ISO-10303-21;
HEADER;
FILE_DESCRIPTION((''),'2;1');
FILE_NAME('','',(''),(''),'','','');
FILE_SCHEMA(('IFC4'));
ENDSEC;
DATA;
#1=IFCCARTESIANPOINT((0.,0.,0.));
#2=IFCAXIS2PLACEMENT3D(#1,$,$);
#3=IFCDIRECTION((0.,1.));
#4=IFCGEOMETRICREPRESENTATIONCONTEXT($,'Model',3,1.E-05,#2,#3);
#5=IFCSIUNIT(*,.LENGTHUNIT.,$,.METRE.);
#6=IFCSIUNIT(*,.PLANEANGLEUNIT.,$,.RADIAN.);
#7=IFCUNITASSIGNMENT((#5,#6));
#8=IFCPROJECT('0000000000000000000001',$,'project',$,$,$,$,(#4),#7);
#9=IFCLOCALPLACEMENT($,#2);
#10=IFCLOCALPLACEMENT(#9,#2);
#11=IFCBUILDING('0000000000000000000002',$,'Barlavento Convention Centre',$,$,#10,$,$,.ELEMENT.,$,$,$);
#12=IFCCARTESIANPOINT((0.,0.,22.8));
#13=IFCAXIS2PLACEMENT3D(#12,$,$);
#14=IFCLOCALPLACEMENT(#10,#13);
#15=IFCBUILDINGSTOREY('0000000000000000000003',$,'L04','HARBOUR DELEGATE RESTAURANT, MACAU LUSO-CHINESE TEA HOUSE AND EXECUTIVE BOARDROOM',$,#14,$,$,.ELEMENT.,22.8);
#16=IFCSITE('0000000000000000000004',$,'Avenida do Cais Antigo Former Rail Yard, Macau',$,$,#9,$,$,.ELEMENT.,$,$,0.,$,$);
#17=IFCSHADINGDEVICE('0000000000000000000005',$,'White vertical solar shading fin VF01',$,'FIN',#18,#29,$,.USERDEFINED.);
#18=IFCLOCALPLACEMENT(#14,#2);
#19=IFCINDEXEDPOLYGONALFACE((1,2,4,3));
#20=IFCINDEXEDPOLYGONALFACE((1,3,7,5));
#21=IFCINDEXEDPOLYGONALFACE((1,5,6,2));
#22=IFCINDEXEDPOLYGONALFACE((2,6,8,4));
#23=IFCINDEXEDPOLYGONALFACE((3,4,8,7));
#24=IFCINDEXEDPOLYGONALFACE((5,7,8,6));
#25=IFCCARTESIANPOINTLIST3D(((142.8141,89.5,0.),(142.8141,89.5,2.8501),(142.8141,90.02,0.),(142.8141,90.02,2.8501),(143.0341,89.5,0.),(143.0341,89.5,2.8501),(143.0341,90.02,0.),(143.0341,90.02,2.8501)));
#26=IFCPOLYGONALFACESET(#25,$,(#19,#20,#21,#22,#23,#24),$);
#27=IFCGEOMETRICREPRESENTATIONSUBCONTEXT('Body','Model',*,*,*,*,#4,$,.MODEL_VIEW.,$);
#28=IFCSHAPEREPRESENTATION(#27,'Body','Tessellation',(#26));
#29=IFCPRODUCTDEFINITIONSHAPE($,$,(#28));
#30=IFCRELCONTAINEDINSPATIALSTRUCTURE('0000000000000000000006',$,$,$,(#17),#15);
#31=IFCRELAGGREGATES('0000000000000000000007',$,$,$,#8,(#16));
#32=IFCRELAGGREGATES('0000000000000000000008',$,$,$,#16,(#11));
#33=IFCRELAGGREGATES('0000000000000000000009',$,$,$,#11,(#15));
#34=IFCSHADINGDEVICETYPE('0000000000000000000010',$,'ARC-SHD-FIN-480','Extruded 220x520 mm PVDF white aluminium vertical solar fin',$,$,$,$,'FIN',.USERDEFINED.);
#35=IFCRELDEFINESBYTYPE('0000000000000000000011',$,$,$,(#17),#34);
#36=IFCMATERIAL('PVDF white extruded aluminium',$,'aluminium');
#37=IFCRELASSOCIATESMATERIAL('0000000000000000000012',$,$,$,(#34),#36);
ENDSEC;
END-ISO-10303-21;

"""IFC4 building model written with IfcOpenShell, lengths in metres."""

from ifc_helpers import new_model, si_unit, direction, frame, origin, origin_2d, place, context, subcontext, project, spatial, rectangle, extrude, material, type_object, element, save


model = new_model("IFC4")

# Units and contexts
model_context = context("Model", 3, precision=1e-05, world=origin(), true_north=direction((0.0, 1.0)))
body_context = subcontext(model_context, "Body", "Model", "MODEL_VIEW")
ifc_project = project(units=[si_unit("LENGTHUNIT", "METRE"), si_unit("PLANEANGLEUNIT", "RADIAN")], contexts=[model_context])

# Site, building, storey
site_placement = place(None, origin())
site = spatial("IfcSite", under=ifc_project, at=site_placement, Name="Avenida do Cais Antigo Former Rail Yard, Macau", CompositionType="ELEMENT", RefElevation=0.0)
building_placement = place(site_placement, origin())
building = spatial("IfcBuilding", under=site, at=building_placement, Name="Barlavento Convention Centre", CompositionType="ELEMENT")
storey_placement = place(building_placement, frame((0.0, 0.0, 22.8)))
storey = spatial("IfcBuildingStorey", under=building, at=storey_placement, Name="L04", Description="HARBOUR DELEGATE RESTAURANT, MACAU LUSO-CHINESE TEA HOUSE AND EXECUTIVE BOARDROOM", CompositionType="ELEMENT", Elevation=22.8)

# Shading device
ifc_material_1 = material(Name="PVDF white extruded aluminium", Category="aluminium")
shading_device_type = type_object("IfcShadingDeviceType", Name="ARC-SHD-FIN-480", Description="Extruded 220x520 mm PVDF white aluminium vertical solar fin", ElementType="FIN", PredefinedType="USERDEFINED", material=ifc_material_1)
for number, where, z_axis, x_axis, name in (
    (1, (142.9241, 89.76, 0.0), (0.0, 0.0, 1.0), (1.0, 0.0, 0.0), "White vertical solar shading fin VF01"),
):
    element("IfcShadingDevice", number, at=place(storey_placement, frame(where, z_axis=z_axis, x_axis=x_axis)), inside=storey, type_object=shading_device_type, Name=name, ObjectType="FIN", PredefinedType="USERDEFINED", context=body_context, shape_type="SweptSolid", body=[
        extrude(rectangle(XDim=0.22, YDim=0.52, at=origin_2d()), origin(), (0.0, 0.0, 1.0), 2.8501),
    ])

save(model, "model.ifc")
